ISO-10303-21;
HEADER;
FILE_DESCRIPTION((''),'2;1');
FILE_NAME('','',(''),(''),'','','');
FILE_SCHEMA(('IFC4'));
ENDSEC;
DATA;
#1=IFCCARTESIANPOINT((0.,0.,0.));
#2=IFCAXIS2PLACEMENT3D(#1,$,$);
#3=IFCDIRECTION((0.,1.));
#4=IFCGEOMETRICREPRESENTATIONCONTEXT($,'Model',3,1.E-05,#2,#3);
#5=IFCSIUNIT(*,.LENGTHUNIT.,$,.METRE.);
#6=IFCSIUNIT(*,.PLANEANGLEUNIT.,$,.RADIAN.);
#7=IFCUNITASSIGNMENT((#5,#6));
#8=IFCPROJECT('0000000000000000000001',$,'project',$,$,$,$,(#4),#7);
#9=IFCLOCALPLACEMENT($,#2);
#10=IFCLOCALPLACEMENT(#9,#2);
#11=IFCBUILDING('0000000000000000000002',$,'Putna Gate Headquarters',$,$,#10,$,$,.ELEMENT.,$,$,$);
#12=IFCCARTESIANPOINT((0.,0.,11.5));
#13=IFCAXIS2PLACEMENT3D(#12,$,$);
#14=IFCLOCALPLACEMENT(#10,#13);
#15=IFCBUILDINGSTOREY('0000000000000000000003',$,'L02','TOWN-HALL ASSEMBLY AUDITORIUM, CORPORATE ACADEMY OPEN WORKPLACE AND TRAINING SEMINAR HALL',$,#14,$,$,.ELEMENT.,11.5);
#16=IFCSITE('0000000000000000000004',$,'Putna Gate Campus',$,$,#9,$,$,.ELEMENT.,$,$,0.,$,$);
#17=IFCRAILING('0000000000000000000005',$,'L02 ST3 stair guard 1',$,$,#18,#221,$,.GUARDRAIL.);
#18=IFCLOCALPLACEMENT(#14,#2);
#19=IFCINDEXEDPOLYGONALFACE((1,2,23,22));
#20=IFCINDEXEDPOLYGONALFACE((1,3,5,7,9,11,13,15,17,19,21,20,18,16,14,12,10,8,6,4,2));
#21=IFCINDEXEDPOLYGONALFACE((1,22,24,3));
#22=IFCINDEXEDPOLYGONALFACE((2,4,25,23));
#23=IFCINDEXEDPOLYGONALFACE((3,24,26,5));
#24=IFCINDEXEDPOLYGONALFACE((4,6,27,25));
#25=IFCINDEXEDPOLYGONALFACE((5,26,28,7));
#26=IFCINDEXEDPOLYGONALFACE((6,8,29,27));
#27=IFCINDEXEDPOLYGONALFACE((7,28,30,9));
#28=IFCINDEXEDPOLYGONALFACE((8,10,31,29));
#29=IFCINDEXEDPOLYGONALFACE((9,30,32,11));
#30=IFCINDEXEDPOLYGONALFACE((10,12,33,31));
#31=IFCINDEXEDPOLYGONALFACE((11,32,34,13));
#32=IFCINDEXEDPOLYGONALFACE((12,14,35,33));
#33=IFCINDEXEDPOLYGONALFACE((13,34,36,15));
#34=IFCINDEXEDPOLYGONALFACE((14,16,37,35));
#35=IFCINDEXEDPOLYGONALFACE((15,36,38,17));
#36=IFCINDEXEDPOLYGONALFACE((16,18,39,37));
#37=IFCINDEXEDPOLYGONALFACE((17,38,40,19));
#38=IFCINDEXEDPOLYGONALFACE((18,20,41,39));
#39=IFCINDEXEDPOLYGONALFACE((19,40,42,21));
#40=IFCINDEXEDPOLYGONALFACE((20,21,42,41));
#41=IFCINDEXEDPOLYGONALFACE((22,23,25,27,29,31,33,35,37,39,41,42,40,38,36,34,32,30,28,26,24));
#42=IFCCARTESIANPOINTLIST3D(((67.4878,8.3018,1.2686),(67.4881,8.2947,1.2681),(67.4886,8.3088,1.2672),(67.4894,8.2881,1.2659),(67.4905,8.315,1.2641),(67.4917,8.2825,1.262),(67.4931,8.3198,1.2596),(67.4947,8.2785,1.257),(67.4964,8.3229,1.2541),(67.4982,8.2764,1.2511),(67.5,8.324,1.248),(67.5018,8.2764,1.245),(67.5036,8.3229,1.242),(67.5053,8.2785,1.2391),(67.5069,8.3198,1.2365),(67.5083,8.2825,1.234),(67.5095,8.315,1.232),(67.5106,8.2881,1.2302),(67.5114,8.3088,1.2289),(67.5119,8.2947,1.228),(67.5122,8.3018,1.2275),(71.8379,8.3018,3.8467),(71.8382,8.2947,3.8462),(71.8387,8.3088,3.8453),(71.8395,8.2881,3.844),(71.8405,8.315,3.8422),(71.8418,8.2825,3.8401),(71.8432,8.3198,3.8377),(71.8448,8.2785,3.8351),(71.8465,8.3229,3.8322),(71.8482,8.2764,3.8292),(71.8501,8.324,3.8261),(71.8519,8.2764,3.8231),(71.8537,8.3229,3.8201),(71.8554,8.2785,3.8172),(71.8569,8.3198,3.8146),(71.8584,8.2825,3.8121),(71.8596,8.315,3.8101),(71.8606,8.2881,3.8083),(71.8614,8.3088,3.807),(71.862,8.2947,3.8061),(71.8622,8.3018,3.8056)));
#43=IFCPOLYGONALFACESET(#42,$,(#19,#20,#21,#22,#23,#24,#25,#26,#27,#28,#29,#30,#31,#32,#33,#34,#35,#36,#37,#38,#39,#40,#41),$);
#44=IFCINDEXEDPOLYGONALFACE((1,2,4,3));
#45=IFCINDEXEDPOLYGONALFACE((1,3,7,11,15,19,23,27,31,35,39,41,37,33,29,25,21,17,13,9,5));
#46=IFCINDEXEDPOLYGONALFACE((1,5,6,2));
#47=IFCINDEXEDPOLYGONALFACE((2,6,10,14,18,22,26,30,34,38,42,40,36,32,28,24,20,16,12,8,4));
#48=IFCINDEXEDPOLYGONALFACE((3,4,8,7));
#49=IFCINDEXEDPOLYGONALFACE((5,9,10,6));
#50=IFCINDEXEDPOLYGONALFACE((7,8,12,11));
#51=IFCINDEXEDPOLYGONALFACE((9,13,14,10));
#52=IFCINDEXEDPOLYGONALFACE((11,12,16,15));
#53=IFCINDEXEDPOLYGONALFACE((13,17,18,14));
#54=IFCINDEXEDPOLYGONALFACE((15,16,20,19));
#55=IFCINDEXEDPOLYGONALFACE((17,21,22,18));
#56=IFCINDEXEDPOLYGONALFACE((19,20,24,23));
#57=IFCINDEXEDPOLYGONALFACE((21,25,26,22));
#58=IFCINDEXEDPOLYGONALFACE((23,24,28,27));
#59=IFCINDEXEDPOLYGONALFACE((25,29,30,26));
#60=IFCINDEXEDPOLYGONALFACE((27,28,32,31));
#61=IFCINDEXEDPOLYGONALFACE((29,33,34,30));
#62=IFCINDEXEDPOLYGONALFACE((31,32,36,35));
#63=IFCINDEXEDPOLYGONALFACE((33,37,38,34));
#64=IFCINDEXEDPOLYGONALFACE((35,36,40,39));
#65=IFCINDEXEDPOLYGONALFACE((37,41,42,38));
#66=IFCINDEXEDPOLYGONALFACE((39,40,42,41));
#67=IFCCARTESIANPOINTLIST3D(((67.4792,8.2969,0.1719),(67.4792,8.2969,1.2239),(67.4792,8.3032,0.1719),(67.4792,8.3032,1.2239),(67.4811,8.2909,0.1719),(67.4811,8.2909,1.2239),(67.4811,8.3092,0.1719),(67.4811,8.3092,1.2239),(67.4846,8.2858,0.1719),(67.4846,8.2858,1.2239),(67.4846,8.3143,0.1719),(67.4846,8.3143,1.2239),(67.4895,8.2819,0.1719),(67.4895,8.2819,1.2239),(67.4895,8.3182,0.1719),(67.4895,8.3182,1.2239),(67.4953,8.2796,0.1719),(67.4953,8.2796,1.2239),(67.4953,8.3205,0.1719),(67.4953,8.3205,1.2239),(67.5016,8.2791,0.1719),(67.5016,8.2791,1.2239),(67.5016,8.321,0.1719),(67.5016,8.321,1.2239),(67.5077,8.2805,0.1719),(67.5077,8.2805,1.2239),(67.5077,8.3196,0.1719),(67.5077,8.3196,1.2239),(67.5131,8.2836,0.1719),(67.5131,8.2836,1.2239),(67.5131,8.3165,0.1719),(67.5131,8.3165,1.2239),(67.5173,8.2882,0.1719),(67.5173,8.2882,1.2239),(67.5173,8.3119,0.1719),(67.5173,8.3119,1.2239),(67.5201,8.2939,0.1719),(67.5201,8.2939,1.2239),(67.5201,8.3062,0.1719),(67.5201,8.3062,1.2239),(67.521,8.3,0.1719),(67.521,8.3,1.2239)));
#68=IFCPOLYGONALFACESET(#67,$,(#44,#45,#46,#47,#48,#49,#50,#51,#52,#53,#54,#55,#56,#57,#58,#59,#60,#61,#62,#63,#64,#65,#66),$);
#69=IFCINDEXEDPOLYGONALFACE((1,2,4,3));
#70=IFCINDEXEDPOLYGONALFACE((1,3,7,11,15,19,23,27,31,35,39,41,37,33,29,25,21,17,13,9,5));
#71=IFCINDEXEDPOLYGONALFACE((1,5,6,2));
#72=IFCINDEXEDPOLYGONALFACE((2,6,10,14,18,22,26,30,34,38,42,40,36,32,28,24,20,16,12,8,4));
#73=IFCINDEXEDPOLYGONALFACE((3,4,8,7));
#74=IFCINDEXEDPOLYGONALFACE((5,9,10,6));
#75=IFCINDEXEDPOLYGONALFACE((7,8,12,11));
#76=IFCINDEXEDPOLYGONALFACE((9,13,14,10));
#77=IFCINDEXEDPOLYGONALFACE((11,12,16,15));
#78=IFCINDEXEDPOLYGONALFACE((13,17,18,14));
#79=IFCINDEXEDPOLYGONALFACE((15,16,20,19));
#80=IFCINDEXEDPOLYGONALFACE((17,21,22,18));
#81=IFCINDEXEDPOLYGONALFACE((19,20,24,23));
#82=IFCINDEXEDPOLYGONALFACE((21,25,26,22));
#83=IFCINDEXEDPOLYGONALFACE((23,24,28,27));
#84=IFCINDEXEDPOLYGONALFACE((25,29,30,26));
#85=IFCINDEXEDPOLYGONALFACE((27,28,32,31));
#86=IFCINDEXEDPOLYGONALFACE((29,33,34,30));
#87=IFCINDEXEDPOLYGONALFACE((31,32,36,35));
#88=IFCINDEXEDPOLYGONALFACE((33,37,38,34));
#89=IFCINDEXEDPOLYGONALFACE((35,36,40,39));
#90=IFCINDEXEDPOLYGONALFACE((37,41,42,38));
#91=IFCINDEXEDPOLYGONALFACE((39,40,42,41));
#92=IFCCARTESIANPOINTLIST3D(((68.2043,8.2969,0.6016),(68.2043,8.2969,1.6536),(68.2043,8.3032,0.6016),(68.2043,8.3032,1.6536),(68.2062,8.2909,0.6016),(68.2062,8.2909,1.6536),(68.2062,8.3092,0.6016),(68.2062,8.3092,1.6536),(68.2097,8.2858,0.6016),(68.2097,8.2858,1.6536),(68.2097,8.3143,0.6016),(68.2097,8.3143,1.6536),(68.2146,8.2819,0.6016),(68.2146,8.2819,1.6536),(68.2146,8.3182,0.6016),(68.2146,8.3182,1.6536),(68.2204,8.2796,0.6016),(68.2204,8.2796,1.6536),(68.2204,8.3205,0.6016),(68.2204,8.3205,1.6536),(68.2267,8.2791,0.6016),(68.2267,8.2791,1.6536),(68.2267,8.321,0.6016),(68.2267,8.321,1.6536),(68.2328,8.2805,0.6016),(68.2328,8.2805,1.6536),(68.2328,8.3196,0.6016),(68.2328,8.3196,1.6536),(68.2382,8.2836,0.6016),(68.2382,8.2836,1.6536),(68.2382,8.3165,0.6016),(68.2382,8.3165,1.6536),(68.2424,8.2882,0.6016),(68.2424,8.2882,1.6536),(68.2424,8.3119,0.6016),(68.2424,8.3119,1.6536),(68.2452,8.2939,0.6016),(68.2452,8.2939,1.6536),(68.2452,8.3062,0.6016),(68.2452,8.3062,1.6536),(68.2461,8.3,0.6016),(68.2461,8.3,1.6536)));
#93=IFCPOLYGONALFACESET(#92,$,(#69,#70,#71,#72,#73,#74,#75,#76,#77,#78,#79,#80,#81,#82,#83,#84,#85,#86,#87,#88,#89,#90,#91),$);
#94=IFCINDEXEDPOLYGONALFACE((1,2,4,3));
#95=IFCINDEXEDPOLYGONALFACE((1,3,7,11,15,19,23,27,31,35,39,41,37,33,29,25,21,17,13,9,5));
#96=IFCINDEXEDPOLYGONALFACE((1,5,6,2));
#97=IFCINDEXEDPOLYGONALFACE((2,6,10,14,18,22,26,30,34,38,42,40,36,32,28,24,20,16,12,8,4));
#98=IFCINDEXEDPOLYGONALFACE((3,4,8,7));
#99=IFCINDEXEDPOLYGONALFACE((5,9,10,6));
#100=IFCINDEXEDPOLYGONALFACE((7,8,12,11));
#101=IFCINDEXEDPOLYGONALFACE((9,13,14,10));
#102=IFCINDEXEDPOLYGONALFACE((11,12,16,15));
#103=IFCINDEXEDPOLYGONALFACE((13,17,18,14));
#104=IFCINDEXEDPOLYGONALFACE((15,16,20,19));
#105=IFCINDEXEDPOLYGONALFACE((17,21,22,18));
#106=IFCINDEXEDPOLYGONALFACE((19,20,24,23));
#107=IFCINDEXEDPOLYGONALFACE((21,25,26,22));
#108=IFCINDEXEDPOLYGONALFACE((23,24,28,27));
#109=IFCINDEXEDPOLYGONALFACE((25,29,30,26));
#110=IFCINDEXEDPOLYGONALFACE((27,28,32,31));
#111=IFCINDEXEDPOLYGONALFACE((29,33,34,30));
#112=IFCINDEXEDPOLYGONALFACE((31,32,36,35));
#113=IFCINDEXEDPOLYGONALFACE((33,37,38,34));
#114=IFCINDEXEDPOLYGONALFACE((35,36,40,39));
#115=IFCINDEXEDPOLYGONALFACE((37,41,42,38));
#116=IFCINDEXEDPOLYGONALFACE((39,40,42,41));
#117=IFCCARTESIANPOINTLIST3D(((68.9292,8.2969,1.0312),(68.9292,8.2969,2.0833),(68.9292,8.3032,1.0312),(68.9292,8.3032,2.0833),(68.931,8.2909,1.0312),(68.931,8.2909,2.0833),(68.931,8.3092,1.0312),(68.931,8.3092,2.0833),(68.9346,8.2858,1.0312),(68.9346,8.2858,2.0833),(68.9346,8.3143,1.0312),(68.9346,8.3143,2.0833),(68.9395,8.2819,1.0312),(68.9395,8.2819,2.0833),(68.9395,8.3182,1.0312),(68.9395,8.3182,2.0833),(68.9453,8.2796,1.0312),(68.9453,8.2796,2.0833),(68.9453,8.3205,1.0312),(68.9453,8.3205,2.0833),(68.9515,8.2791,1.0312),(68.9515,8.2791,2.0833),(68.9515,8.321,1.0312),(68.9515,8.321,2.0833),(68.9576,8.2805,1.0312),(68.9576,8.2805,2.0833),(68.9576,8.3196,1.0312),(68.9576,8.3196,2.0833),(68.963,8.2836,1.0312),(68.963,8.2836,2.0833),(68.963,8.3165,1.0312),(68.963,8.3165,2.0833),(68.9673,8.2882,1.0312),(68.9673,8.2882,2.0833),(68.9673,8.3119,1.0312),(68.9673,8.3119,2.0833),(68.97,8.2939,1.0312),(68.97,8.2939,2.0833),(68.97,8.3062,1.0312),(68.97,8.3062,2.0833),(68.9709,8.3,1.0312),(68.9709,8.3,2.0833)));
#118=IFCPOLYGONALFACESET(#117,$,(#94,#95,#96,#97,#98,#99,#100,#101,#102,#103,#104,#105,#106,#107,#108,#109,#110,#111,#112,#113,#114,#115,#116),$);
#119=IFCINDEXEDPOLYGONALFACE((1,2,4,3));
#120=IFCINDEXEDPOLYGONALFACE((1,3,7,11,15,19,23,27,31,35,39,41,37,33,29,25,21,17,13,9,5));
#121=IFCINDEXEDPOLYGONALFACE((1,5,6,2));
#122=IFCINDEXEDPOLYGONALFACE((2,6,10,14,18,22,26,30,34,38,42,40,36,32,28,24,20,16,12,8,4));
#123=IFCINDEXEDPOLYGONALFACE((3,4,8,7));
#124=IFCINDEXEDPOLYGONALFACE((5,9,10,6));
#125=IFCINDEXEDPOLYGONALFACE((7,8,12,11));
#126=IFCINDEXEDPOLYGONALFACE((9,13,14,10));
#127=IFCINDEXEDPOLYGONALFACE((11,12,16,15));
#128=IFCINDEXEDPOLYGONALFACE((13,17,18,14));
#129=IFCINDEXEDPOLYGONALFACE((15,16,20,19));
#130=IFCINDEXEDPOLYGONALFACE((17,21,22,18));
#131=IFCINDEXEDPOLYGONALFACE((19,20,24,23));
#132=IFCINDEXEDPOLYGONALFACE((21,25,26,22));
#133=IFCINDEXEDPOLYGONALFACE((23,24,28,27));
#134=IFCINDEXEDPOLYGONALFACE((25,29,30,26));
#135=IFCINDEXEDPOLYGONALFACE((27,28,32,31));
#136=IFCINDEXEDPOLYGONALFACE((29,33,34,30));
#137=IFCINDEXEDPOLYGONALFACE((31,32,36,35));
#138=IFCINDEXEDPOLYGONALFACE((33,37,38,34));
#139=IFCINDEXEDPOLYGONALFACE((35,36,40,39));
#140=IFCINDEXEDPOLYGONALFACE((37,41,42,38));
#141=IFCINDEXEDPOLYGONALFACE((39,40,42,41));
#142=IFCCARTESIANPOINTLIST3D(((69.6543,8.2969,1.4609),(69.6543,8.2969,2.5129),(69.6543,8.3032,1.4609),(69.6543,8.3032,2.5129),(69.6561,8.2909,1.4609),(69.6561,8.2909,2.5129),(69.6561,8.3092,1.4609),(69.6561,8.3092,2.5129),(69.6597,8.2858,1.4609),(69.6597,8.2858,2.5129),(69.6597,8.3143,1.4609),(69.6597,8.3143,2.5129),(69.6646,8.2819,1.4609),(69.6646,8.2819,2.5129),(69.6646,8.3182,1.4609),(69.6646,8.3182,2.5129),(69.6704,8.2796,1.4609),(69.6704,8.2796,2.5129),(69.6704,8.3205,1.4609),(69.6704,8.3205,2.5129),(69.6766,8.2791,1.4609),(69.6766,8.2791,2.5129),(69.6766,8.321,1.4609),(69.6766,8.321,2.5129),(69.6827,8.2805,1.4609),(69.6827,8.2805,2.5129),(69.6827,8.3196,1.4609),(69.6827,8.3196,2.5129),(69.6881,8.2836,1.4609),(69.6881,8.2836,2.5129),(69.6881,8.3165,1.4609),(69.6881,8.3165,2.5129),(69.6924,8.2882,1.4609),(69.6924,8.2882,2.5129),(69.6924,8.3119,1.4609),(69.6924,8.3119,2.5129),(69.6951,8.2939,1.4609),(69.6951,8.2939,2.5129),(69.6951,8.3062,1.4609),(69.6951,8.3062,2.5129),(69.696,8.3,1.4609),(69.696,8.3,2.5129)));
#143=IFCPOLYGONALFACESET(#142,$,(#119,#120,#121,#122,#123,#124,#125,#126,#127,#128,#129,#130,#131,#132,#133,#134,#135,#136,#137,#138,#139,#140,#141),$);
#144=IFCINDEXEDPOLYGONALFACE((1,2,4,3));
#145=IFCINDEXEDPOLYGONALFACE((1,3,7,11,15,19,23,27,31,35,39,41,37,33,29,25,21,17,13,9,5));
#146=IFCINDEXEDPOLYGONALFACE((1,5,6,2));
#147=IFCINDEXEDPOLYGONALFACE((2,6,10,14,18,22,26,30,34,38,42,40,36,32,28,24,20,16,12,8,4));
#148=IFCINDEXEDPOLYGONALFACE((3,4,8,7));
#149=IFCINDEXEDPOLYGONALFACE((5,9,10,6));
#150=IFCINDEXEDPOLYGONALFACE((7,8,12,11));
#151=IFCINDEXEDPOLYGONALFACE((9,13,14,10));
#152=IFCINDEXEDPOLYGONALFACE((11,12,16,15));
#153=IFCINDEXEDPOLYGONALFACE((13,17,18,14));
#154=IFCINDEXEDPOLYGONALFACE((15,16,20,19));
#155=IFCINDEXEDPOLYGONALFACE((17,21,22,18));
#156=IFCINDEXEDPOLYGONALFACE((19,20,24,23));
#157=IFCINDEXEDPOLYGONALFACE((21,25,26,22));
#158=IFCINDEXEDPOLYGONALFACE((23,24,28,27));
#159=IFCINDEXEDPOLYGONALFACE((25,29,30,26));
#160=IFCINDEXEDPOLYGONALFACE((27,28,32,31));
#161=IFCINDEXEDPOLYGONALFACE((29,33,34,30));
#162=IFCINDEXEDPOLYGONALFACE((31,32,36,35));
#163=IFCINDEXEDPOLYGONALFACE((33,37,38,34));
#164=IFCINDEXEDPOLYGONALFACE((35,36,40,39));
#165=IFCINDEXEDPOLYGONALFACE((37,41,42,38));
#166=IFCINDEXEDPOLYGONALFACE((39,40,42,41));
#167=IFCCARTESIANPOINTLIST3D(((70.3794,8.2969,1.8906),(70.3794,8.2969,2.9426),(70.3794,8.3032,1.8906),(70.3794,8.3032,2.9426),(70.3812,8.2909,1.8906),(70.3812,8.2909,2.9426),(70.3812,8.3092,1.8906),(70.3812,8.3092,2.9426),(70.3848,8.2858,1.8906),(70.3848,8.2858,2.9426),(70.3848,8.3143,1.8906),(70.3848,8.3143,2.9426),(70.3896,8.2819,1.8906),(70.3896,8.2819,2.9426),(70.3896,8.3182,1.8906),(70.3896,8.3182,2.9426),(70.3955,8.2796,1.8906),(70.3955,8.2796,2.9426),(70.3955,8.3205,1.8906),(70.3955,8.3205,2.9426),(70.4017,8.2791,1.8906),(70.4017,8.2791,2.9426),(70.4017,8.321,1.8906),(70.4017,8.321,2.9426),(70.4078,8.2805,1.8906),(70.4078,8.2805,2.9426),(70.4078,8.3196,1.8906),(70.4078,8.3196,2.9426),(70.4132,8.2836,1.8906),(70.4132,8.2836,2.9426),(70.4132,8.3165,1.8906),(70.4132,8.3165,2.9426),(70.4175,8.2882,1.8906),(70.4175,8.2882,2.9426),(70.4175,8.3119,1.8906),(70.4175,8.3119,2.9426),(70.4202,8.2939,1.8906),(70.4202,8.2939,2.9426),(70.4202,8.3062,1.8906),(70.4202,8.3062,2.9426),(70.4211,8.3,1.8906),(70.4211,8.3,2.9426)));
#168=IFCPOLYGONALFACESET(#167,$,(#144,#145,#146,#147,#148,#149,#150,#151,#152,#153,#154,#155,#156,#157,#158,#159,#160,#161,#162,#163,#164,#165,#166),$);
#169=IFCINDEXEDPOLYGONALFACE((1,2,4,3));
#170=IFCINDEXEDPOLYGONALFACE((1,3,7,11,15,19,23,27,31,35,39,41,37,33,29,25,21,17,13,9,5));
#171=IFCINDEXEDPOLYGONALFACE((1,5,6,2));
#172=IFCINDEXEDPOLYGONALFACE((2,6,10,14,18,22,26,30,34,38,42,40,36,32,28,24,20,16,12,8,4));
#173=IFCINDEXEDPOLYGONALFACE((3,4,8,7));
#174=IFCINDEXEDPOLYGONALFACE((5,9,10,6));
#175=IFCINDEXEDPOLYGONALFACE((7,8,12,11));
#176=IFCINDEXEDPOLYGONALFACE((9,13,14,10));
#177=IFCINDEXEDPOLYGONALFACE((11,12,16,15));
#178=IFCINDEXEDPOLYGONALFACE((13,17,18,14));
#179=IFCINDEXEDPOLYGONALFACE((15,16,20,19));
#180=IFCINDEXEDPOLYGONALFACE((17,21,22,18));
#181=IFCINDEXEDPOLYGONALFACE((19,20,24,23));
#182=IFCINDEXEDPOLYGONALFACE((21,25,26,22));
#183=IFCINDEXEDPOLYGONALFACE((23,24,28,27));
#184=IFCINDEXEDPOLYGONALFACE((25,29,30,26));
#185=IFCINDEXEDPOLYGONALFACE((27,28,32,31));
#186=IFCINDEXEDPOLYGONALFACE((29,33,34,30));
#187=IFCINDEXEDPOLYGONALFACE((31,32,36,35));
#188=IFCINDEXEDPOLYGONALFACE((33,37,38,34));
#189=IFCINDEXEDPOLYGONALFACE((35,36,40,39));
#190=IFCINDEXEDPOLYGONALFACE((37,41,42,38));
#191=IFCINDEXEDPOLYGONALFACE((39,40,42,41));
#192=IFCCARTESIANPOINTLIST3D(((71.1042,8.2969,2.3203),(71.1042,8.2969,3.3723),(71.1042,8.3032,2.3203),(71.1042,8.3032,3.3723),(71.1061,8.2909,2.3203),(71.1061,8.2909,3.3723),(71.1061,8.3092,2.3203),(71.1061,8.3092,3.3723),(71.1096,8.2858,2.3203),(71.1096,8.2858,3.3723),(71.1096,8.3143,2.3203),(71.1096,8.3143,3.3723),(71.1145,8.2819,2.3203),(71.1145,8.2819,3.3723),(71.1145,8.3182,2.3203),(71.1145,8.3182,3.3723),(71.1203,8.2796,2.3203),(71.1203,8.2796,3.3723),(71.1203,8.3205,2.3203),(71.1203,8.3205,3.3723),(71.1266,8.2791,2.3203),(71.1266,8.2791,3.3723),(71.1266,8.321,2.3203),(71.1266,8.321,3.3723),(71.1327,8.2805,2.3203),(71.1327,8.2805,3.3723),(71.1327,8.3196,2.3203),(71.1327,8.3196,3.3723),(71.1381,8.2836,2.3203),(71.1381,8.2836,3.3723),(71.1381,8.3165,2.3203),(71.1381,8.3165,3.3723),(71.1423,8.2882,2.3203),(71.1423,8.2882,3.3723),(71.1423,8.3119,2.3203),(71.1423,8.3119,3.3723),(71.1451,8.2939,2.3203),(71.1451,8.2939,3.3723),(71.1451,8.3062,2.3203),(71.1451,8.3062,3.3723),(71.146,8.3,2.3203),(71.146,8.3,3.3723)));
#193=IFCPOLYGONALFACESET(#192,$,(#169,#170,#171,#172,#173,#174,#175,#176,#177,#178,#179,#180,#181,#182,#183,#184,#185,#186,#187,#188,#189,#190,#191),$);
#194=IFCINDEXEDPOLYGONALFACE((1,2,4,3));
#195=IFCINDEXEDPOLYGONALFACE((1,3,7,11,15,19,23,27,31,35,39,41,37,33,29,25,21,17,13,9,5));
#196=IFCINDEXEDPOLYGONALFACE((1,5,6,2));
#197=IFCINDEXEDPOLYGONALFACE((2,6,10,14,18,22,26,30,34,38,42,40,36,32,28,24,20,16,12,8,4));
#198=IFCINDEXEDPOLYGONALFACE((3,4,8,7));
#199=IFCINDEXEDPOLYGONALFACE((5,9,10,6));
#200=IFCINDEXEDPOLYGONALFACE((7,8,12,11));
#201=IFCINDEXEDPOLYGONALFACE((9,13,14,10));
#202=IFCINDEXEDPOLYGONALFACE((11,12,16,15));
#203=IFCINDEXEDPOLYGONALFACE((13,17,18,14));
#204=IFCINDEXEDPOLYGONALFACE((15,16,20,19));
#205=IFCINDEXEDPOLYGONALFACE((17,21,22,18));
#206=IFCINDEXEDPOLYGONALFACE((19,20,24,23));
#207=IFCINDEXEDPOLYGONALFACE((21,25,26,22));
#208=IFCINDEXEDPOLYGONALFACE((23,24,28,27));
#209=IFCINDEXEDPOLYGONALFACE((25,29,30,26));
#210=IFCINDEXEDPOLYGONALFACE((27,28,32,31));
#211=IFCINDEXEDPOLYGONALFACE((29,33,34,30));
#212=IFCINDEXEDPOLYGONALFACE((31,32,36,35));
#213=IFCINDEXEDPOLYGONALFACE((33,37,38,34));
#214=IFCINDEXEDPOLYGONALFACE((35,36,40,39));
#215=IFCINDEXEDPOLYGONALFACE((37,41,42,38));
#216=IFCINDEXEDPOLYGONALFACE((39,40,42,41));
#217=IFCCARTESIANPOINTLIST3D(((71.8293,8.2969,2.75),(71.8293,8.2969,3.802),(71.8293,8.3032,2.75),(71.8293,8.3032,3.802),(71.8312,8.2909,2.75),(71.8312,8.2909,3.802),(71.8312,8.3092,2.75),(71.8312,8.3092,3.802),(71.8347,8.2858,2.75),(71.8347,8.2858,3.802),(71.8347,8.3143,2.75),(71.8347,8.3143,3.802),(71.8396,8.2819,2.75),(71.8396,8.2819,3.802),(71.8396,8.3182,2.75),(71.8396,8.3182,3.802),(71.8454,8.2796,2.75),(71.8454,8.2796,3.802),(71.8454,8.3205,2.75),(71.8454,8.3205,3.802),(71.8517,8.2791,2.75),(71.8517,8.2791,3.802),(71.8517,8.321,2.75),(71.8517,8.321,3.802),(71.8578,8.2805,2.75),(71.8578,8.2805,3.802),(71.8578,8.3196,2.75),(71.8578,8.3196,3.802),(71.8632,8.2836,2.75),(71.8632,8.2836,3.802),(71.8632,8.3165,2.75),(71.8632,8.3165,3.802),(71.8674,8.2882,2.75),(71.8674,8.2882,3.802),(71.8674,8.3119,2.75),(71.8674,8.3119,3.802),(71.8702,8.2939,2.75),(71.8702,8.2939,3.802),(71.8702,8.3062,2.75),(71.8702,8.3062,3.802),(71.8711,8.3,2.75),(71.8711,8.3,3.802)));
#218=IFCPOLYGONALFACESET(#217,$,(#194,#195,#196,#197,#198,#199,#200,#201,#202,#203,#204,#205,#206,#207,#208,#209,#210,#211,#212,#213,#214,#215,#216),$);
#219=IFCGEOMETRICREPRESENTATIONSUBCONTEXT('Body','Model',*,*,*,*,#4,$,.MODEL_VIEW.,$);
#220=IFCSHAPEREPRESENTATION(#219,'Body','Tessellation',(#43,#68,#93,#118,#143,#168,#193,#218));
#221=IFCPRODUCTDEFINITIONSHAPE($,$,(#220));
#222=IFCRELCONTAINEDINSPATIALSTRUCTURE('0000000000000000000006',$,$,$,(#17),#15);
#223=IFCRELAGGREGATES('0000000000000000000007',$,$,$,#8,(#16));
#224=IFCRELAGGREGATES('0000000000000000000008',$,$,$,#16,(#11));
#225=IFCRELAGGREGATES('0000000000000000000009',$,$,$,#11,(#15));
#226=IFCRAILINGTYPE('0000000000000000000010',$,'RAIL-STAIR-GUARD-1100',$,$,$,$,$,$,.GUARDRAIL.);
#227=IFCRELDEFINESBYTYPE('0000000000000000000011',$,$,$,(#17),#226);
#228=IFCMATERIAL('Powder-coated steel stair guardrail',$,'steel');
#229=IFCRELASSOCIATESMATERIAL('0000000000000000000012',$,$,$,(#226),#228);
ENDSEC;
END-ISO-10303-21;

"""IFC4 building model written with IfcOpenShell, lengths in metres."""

from ifc_helpers import new_model, si_unit, direction, frame, origin, origin_2d, place, context, subcontext, project, spatial, circle, extrude, material, type_object, element, save


model = new_model("IFC4")

# Units and contexts
model_context = context("Model", 3, precision=1e-05, world=origin(), true_north=direction((0.0, 1.0)))
body_context = subcontext(model_context, "Body", "Model", "MODEL_VIEW")
ifc_project = project(units=[si_unit("LENGTHUNIT", "METRE"), si_unit("PLANEANGLEUNIT", "RADIAN")], contexts=[model_context])

# Site, building, storey
site_placement = place(None, origin())
site = spatial("IfcSite", under=ifc_project, at=site_placement, Name="Putna Gate Campus", CompositionType="ELEMENT", RefElevation=0.0)
building_placement = place(site_placement, origin())
building = spatial("IfcBuilding", under=site, at=building_placement, Name="Putna Gate Headquarters", CompositionType="ELEMENT")
storey_placement = place(building_placement, frame((0.0, 0.0, 11.5)))
storey = spatial("IfcBuildingStorey", under=building, at=storey_placement, Name="L02", Description="TOWN-HALL ASSEMBLY AUDITORIUM, CORPORATE ACADEMY OPEN WORKPLACE AND TRAINING SEMINAR HALL", CompositionType="ELEMENT", Elevation=11.5)

# Railing
ifc_material_1 = material(Name="Powder-coated steel stair guardrail", Category="steel")
railing_type_1 = type_object("IfcRailingType", Name="RAIL-STAIR-GUARD-1100", PredefinedType="GUARDRAIL", material=ifc_material_1)
railing_1_placement = place(storey_placement, frame((67.5, 8.3, 0.1719)))
element("IfcRailing", 1, at=railing_1_placement, inside=storey, type_object=railing_type_1, Name="L02 ST3 stair guard 1", PredefinedType="GUARDRAIL", context=body_context, shape_type="SweptSolid", body=[
    extrude(circle(Radius=0.0239, at=origin_2d()), frame((0.0, 0.0, 1.0762), z_axis=(0.860266, 0.0, 0.509845), x_axis=(0.0, 1.0, 0.0)), (0.0, 0.0, 1.0), 5.0566),
    extrude(circle(Radius=0.021, at=origin_2d()), origin(), (0.0, 0.0, 1.0), 1.052),
    extrude(circle(Radius=0.021, at=origin_2d()), frame((0.7251, 0.0, 0.4297)), (0.0, 0.0, 1.0), 1.052),
    extrude(circle(Radius=0.021, at=origin_2d()), frame((1.45, 0.0, 0.8594)), (0.0, 0.0, 1.0), 1.052),
    extrude(circle(Radius=0.021, at=origin_2d()), frame((2.175, 0.0, 1.2891)), (0.0, 0.0, 1.0), 1.052),
    extrude(circle(Radius=0.021, at=origin_2d()), frame((2.9001, 0.0, 1.7188)), (0.0, 0.0, 1.0), 1.052),
    extrude(circle(Radius=0.021, at=origin_2d()), frame((3.625, 0.0, 2.1484)), (0.0, 0.0, 1.0), 1.052),
    extrude(circle(Radius=0.021, at=origin_2d()), frame((4.3501, 0.0, 2.5781)), (0.0, 0.0, 1.0), 1.052),
])

save(model, "model.ifc")
